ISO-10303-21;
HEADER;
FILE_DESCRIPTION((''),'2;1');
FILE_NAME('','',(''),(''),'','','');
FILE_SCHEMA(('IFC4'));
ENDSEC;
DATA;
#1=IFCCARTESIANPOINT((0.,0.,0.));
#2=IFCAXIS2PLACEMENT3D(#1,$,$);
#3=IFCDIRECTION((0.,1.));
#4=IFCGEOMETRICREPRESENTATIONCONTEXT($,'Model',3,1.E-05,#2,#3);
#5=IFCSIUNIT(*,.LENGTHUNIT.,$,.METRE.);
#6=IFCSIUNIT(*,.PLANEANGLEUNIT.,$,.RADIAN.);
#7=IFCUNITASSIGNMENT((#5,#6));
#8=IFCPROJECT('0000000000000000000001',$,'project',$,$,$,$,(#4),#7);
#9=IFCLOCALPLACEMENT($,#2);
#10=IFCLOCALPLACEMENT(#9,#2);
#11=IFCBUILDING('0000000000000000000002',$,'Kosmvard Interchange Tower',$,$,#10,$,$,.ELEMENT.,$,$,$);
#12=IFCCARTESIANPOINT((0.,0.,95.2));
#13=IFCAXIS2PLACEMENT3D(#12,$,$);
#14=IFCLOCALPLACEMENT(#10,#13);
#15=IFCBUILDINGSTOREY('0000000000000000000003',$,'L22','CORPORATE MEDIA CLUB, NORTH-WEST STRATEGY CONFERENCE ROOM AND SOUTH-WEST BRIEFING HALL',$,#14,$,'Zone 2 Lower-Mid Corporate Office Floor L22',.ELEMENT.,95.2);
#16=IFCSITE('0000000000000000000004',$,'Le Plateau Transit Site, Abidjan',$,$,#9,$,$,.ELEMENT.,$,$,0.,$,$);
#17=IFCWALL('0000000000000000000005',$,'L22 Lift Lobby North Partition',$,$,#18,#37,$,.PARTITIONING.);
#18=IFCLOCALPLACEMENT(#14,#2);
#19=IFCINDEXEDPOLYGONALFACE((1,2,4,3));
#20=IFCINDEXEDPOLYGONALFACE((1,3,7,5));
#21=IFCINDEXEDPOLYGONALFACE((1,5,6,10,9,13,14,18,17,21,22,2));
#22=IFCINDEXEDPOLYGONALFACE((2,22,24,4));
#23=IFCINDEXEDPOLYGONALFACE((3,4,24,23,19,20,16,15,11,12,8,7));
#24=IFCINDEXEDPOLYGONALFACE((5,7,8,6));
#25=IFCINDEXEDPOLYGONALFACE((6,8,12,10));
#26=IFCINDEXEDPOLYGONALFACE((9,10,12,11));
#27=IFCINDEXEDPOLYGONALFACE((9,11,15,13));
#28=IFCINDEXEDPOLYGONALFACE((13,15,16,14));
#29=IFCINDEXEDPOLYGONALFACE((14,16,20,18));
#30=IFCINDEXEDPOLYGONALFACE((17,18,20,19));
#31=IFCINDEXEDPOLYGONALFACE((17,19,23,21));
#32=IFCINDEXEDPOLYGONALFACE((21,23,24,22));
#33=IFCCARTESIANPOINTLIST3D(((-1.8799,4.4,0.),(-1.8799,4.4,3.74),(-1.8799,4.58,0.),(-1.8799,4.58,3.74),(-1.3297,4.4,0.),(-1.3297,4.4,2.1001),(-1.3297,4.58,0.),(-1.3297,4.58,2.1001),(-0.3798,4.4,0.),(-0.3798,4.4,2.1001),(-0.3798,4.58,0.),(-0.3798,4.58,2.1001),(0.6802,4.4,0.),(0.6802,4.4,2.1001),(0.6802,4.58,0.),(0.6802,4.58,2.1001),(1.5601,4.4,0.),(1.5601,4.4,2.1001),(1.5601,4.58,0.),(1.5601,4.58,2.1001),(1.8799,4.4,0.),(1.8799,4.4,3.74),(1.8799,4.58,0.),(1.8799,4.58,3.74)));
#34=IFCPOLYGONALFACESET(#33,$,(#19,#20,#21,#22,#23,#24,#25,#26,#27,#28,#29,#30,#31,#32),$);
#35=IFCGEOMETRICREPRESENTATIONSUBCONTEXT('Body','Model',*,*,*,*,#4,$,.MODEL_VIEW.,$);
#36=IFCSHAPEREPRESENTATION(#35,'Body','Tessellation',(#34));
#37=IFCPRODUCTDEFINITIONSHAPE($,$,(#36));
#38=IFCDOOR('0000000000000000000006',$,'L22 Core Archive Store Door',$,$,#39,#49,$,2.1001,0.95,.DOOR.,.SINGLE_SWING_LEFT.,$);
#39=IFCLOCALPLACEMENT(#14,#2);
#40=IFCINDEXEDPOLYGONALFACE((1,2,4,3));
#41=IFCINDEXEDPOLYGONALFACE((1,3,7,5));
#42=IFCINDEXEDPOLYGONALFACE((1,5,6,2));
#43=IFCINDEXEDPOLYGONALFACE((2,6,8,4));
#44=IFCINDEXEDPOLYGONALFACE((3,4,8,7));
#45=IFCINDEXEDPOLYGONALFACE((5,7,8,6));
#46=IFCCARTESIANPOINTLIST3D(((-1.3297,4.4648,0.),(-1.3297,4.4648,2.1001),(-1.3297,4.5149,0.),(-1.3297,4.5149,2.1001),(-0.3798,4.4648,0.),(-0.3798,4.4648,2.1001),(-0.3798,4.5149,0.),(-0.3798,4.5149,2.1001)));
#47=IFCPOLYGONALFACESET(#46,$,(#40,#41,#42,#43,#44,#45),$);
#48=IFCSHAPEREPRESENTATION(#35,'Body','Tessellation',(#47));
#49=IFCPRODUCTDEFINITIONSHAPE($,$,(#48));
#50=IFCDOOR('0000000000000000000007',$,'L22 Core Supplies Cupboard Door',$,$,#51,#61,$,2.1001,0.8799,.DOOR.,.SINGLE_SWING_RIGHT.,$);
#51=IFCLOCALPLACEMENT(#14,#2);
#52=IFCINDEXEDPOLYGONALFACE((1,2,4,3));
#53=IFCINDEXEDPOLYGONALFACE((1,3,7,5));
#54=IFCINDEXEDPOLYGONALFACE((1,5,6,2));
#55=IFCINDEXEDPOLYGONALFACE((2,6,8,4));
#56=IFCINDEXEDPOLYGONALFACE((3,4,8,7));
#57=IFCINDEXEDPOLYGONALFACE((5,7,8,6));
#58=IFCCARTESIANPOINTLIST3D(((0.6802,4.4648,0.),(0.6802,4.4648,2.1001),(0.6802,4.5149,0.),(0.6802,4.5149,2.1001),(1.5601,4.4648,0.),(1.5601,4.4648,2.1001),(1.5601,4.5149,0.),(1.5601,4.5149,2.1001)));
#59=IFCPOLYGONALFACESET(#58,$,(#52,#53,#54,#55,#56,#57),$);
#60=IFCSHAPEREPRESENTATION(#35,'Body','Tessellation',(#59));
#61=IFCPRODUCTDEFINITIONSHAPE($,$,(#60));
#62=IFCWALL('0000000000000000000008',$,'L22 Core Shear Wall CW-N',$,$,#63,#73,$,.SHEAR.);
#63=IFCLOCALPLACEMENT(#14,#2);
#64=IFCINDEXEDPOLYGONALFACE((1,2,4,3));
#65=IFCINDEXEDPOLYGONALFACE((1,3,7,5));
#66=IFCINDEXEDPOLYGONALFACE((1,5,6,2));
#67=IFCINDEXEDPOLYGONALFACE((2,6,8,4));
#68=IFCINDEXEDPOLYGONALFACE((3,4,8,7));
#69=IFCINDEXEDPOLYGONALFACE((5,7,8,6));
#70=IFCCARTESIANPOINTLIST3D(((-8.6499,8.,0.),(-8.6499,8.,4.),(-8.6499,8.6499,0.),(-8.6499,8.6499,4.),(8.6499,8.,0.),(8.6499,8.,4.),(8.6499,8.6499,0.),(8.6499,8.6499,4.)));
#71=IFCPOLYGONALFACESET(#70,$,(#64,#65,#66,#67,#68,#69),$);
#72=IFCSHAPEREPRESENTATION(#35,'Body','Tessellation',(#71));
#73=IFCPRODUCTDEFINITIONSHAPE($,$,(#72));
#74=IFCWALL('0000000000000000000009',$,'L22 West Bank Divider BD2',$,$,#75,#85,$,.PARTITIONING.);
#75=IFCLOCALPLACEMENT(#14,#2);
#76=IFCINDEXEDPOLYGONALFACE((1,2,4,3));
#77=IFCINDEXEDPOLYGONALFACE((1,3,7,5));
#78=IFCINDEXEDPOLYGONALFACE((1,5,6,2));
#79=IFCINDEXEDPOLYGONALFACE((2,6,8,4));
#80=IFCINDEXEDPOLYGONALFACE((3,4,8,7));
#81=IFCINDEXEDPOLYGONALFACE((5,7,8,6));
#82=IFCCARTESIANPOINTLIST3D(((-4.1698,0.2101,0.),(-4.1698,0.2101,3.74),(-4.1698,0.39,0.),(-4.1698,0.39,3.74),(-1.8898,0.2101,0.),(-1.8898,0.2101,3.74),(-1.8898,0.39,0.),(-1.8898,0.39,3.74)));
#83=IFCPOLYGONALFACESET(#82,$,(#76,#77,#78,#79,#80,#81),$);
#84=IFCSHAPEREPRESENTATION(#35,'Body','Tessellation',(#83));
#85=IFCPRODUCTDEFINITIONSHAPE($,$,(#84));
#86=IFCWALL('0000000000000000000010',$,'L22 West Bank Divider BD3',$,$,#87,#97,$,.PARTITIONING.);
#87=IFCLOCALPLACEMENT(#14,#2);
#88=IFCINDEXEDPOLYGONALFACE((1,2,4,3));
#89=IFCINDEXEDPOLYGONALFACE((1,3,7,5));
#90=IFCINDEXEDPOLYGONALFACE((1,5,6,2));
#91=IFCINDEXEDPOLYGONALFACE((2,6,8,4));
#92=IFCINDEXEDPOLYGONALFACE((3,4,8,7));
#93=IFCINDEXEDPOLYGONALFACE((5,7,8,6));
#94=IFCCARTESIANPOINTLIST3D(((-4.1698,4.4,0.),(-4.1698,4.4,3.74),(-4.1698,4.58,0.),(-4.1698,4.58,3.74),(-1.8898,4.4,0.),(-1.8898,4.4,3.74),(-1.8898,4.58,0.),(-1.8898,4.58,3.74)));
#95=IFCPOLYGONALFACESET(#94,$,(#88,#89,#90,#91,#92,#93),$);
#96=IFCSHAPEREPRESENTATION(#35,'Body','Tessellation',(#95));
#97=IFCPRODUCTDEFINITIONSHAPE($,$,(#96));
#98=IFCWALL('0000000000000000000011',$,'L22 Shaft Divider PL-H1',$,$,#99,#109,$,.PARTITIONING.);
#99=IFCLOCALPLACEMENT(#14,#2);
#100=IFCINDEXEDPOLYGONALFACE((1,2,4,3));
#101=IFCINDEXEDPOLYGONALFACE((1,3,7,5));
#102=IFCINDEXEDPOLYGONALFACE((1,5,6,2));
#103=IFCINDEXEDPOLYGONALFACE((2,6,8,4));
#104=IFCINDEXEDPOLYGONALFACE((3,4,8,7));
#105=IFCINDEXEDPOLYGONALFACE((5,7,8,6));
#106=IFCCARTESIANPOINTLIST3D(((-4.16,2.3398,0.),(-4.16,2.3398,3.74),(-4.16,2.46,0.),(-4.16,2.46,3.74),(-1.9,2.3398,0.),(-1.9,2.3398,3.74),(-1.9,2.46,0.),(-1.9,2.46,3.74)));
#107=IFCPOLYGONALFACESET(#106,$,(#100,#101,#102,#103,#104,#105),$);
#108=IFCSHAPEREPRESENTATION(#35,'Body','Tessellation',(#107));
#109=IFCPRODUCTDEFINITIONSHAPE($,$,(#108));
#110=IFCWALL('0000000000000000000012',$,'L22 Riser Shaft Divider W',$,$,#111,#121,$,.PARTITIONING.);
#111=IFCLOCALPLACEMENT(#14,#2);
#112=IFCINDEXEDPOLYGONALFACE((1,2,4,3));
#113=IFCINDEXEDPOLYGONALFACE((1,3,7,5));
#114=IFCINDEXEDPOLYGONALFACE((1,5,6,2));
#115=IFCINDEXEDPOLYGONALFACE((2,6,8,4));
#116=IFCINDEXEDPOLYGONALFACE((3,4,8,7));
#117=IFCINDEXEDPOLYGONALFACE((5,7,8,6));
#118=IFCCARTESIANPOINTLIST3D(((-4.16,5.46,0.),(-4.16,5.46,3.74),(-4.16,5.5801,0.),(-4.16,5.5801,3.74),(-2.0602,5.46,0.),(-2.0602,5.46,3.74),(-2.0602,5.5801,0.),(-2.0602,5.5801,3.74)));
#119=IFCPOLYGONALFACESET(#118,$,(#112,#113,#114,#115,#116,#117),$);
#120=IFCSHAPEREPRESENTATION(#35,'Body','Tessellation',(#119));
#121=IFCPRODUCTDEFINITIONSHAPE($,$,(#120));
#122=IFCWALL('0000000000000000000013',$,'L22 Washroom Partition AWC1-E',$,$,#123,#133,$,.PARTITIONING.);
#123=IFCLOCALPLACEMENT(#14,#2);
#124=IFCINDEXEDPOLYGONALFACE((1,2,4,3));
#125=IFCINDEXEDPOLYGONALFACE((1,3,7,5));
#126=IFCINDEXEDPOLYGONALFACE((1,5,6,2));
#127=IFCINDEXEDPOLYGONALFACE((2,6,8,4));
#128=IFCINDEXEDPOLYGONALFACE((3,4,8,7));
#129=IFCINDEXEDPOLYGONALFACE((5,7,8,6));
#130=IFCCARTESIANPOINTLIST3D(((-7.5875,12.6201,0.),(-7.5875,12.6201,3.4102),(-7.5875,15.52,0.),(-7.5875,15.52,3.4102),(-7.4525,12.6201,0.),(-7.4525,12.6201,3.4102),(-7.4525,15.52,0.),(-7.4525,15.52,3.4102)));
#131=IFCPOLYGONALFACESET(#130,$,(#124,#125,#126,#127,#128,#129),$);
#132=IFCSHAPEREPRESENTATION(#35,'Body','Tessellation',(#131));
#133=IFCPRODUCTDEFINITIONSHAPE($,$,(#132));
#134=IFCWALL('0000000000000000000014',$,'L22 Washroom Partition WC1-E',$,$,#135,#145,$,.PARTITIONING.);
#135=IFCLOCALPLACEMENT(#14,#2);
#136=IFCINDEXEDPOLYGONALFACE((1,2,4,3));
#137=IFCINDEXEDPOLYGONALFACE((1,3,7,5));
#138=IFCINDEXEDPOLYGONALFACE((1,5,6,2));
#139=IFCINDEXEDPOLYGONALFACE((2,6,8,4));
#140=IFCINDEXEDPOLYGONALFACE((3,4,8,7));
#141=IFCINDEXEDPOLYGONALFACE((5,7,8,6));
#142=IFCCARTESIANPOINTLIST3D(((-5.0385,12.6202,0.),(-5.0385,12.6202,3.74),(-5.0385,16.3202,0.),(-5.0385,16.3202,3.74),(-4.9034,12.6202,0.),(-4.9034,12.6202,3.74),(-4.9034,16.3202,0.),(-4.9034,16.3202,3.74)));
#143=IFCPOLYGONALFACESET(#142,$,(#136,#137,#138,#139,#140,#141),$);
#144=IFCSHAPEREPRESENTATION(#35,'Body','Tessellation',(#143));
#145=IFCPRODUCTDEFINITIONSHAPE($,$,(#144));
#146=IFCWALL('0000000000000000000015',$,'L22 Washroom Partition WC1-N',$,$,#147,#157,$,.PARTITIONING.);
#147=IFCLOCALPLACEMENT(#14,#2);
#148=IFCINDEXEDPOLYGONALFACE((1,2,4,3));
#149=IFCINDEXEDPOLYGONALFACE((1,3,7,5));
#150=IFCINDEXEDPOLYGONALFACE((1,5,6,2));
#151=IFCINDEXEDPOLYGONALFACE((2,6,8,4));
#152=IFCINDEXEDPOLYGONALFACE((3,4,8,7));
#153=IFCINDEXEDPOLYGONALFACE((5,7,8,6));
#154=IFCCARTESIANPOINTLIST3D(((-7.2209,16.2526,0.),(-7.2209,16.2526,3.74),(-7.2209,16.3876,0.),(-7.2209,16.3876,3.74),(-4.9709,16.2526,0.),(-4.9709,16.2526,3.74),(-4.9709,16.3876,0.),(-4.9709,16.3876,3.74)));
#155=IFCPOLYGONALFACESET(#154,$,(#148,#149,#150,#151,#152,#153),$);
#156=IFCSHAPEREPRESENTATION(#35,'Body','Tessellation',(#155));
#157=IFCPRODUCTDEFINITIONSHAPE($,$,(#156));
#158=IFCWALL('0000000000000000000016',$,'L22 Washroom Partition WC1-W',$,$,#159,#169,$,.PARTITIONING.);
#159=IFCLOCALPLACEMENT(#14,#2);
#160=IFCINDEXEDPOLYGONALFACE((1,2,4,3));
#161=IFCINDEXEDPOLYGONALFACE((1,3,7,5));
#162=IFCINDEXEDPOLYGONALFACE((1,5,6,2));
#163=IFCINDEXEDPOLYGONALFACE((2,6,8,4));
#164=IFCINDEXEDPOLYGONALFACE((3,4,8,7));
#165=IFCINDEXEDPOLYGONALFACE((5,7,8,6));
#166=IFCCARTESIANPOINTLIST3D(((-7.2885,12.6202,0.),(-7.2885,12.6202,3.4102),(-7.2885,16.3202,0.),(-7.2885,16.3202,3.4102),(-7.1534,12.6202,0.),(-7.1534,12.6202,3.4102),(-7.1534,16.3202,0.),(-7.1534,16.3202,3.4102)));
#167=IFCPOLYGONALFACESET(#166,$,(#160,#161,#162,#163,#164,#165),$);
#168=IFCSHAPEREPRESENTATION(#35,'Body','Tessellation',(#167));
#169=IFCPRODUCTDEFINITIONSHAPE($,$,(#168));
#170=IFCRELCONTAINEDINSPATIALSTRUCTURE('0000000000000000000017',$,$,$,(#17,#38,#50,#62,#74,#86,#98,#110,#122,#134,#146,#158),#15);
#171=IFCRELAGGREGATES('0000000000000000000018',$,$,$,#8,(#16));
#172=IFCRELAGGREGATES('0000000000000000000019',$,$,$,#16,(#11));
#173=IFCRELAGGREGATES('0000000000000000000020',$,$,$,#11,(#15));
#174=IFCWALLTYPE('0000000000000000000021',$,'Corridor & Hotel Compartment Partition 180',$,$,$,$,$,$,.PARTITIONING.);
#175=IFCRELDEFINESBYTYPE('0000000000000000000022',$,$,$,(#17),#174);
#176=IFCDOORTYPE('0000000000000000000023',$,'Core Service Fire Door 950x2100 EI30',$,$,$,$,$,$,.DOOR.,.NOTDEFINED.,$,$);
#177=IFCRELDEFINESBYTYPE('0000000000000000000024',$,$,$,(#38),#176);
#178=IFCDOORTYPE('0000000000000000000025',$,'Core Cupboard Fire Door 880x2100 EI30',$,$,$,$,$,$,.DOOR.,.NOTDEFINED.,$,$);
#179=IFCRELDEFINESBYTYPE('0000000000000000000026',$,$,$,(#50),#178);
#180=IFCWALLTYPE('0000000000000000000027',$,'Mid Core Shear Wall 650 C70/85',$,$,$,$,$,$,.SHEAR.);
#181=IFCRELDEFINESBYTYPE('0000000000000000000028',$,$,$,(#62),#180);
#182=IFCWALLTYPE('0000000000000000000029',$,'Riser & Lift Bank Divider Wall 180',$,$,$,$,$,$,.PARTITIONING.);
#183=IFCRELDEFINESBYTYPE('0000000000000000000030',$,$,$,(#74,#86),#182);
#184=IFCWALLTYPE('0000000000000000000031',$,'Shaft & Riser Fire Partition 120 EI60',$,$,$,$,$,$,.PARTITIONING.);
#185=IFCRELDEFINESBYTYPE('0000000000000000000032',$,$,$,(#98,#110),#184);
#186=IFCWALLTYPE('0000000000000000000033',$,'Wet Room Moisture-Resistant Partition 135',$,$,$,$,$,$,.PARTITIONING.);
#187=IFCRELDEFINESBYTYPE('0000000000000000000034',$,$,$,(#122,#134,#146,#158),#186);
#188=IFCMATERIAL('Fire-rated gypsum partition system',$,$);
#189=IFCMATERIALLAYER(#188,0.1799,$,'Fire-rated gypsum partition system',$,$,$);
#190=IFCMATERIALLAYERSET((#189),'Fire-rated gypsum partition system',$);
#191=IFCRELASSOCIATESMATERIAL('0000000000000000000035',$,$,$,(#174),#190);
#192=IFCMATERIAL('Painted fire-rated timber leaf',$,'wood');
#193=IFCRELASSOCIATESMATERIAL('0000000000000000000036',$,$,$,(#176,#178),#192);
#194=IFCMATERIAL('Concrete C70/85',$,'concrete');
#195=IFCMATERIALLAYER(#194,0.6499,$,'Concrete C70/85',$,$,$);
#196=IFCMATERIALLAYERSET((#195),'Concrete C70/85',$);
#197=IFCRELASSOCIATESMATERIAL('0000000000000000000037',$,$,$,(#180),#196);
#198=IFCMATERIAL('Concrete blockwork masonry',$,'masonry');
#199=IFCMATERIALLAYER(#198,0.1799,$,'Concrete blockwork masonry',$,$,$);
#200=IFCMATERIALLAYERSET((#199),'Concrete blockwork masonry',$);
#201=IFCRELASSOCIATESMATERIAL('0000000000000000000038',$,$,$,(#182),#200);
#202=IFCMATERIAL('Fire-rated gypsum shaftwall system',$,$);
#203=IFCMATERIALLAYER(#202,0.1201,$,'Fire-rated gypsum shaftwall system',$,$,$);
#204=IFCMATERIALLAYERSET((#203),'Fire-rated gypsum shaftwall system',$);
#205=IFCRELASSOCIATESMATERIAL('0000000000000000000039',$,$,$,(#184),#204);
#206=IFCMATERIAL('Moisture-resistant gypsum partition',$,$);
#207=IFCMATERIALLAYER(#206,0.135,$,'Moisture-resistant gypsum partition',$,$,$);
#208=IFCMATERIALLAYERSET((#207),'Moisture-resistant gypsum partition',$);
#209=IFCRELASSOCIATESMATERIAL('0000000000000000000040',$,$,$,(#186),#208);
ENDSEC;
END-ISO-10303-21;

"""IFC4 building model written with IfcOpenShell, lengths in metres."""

from ifc_helpers import new_model, si_unit, direction, frame, frame_2d, origin, place, context, subcontext, project, spatial, rectangle, extrude, source, transform, mapped, material, layer, layer_set, type_object, element, fill, save


model = new_model("IFC4")

# Units and contexts
model_context = context("Model", 3, precision=1e-05, world=origin(), true_north=direction((0.0, 1.0)))
body_context = subcontext(model_context, "Body", "Model", "MODEL_VIEW")
ifc_project = project(units=[si_unit("LENGTHUNIT", "METRE"), si_unit("PLANEANGLEUNIT", "RADIAN")], contexts=[model_context])

# Site, building, storey
site_placement = place(None, origin())
site = spatial("IfcSite", under=ifc_project, at=site_placement, Name="Le Plateau Transit Site, Abidjan", CompositionType="ELEMENT", RefElevation=0.0)
building_placement = place(site_placement, origin())
building = spatial("IfcBuilding", under=site, at=building_placement, Name="Kosmvard Interchange Tower", CompositionType="ELEMENT")
storey_placement = place(building_placement, frame((0.0, 0.0, 95.2)))
storey = spatial("IfcBuildingStorey", under=building, at=storey_placement, Name="L22", Description="CORPORATE MEDIA CLUB, NORTH-WEST STRATEGY CONFERENCE ROOM AND SOUTH-WEST BRIEFING HALL", LongName="Zone 2 Lower-Mid Corporate Office Floor L22", CompositionType="ELEMENT", Elevation=95.2)

# Shared definitions
ifc_material_1 = material(Name="Fire-rated gypsum partition system")

# Wall, openings, doors
ifc_layer_1 = layer(ifc_material_1, 0.1799, Name="Fire-rated gypsum partition system")
ifc_layer_set_1 = layer_set([ifc_layer_1], Name="Fire-rated gypsum partition system")
wall_type_1 = type_object("IfcWallType", Name="Corridor & Hotel Compartment Partition 180", PredefinedType="PARTITIONING", material=ifc_layer_set_1)
wall_1_placement = place(storey_placement, frame((-1.8799, 4.49, 0.0), z_axis=(0.0, 0.0, 1.0), x_axis=(1.0, 0.0, 0.0)))
wall_1 = element("IfcWall", 1, at=wall_1_placement, inside=storey, type_object=wall_type_1, Name="L22 Lift Lobby North Partition", PredefinedType="PARTITIONING", context=body_context, shape_type="SweptSolid", body=[
    extrude(rectangle(XDim=3.7598, YDim=0.1799, at=frame_2d((1.8799, 0.0))), origin(), (0.0, 0.0, 1.0), 3.74),
])
opening_1_placement = place(wall_1_placement, frame((0.55, 0.0, 0.0)))
opening_1 = element("IfcOpeningElement", 2, at=opening_1_placement, cuts=wall_1, PredefinedType="OPENING", context=body_context, shape_type="SweptSolid", body=[
    extrude(rectangle(XDim=0.95, YDim=2.1001, at=frame_2d((0.4751, 1.05))), frame((0.0, 0.1001, 0.0), z_axis=(0.0, -1.0, 0.0), x_axis=(1.0, 0.0, 0.0)), (0.0, 0.0, 1.0), 0.2),
])
opening_2_placement = place(wall_1_placement, frame((2.5601, 0.0, 0.0)))
opening_2 = element("IfcOpeningElement", 3, at=opening_2_placement, cuts=wall_1, PredefinedType="OPENING", context=body_context, shape_type="SweptSolid", body=[
    extrude(rectangle(XDim=0.8799, YDim=2.1001, at=frame_2d((0.4399, 1.05))), frame((0.0, 0.1001, 0.0), z_axis=(0.0, -1.0, 0.0), x_axis=(1.0, 0.0, 0.0)), (0.0, 0.0, 1.0), 0.2),
])
ifc_material_2 = material(Name="Painted fire-rated timber leaf", Category="wood")
door_type_1 = type_object("IfcDoorType", Name="Core Service Fire Door 950x2100 EI30", OperationType="NOTDEFINED", PredefinedType="DOOR", material=ifc_material_2)
shared_shape_1 = source(origin(), body_context, "Body", "SweptSolid", [
    extrude(rectangle(XDim=0.95, YDim=2.1001, at=frame_2d((0.4751, 1.05))), frame((0.0, 0.0249, 0.0), z_axis=(0.0, -1.0, 0.0), x_axis=(1.0, 0.0, 0.0)), (0.0, 0.0, 1.0), 0.05),
])
door_1_placement = place(opening_1_placement, origin())
door_1 = element("IfcDoor", 4, at=door_1_placement, inside=storey, type_object=door_type_1, Name="L22 Core Archive Store Door", OperationType="SINGLE_SWING_LEFT", OverallHeight=2.1001, OverallWidth=0.95, PredefinedType="DOOR", context=body_context, shape_type="MappedRepresentation", body=[
    mapped(shared_shape_1, transform((0.0, 0.0, 0.0), scale=1.0)),
])
fill(opening_1, door_1)
door_type_2 = type_object("IfcDoorType", Name="Core Cupboard Fire Door 880x2100 EI30", OperationType="NOTDEFINED", PredefinedType="DOOR", material=ifc_material_2)
shared_shape_2 = source(origin(), body_context, "Body", "SweptSolid", [
    extrude(rectangle(XDim=0.8799, YDim=2.1001, at=frame_2d((0.4399, 1.05))), frame((0.0, 0.0249, 0.0), z_axis=(0.0, -1.0, 0.0), x_axis=(1.0, 0.0, 0.0)), (0.0, 0.0, 1.0), 0.05),
])
door_2_placement = place(opening_2_placement, origin())
door_2 = element("IfcDoor", 5, at=door_2_placement, inside=storey, type_object=door_type_2, Name="L22 Core Supplies Cupboard Door", OperationType="SINGLE_SWING_RIGHT", OverallHeight=2.1001, OverallWidth=0.8799, PredefinedType="DOOR", context=body_context, shape_type="MappedRepresentation", body=[
    mapped(shared_shape_2, transform((0.0, 0.0, 0.0), scale=1.0)),
])
fill(opening_2, door_2)

# Walls
ifc_material_3 = material(Name="Concrete C70/85", Category="concrete")
ifc_layer_2 = layer(ifc_material_3, 0.6499, Name="Concrete C70/85")
ifc_layer_set_2 = layer_set([ifc_layer_2], Name="Concrete C70/85")
wall_type_2 = type_object("IfcWallType", Name="Mid Core Shear Wall 650 C70/85", PredefinedType="SHEAR", material=ifc_layer_set_2)
wall_2_placement = place(storey_placement, frame((-8.6499, 8.325, 0.0), z_axis=(0.0, 0.0, 1.0), x_axis=(1.0, 0.0, 0.0)))
element("IfcWall", 6, at=wall_2_placement, inside=storey, type_object=wall_type_2, Name="L22 Core Shear Wall CW-N", PredefinedType="SHEAR", context=body_context, shape_type="SweptSolid", body=[
    extrude(rectangle(XDim=17.2998, YDim=0.6499, at=frame_2d((8.6499, 0.0))), origin(), (0.0, 0.0, 1.0), 4.0),
])
ifc_material_4 = material(Name="Concrete blockwork masonry", Category="masonry")
ifc_layer_3 = layer(ifc_material_4, 0.1799, Name="Concrete blockwork masonry")
ifc_layer_set_3 = layer_set([ifc_layer_3], Name="Concrete blockwork masonry")
wall_type_3 = type_object("IfcWallType", Name="Riser & Lift Bank Divider Wall 180", PredefinedType="PARTITIONING", material=ifc_layer_set_3)
for number, where, z_axis, x_axis, name in (
    (7, (-4.1699, 0.3, 0.0), (0.0, 0.0, 1.0), (1.0, 0.0, 0.0), "L22 West Bank Divider BD2"),
    (8, (-4.1699, 4.49, 0.0), (0.0, 0.0, 1.0), (1.0, 0.0, 0.0), "L22 West Bank Divider BD3"),
):
    element("IfcWall", number, at=place(storey_placement, frame(where, z_axis=z_axis, x_axis=x_axis)), inside=storey, type_object=wall_type_3, Name=name, PredefinedType="PARTITIONING", context=body_context, shape_type="SweptSolid", body=[
        extrude(rectangle(XDim=2.28, YDim=0.1799, at=frame_2d((1.1401, 0.0))), origin(), (0.0, 0.0, 1.0), 3.74),
    ])
ifc_material_5 = material(Name="Fire-rated gypsum shaftwall system")
ifc_layer_4 = layer(ifc_material_5, 0.1201, Name="Fire-rated gypsum shaftwall system")
ifc_layer_set_4 = layer_set([ifc_layer_4], Name="Fire-rated gypsum shaftwall system")
wall_type_4 = type_object("IfcWallType", Name="Shaft & Riser Fire Partition 120 EI60", PredefinedType="PARTITIONING", material=ifc_layer_set_4)
wall_3_placement = place(storey_placement, frame((-4.1599, 2.3999, 0.0), z_axis=(0.0, 0.0, 1.0), x_axis=(1.0, 0.0, 0.0)))
element("IfcWall", 9, at=wall_3_placement, inside=storey, type_object=wall_type_4, Name="L22 Shaft Divider PL-H1", PredefinedType="PARTITIONING", context=body_context, shape_type="SweptSolid", body=[
    extrude(rectangle(XDim=2.26, YDim=0.1201, at=frame_2d((1.1299, 0.0))), origin(), (0.0, 0.0, 1.0), 3.74),
])
wall_4_placement = place(storey_placement, frame((-4.1599, 5.52, 0.0), z_axis=(0.0, 0.0, 1.0), x_axis=(1.0, 0.0, 0.0)))
element("IfcWall", 10, at=wall_4_placement, inside=storey, type_object=wall_type_4, Name="L22 Riser Shaft Divider W", PredefinedType="PARTITIONING", context=body_context, shape_type="SweptSolid", body=[
    extrude(rectangle(XDim=2.0999, YDim=0.1201, at=frame_2d((1.0498, 0.0))), origin(), (0.0, 0.0, 1.0), 3.74),
])
ifc_material_6 = material(Name="Moisture-resistant gypsum partition")
ifc_layer_5 = layer(ifc_material_6, 0.135, Name="Moisture-resistant gypsum partition")
ifc_layer_set_5 = layer_set([ifc_layer_5], Name="Moisture-resistant gypsum partition")
wall_type_5 = type_object("IfcWallType", Name="Wet Room Moisture-Resistant Partition 135", PredefinedType="PARTITIONING", material=ifc_layer_set_5)
wall_5_placement = place(storey_placement, frame((-7.52, 12.6201, 0.0), z_axis=(0.0, 0.0, 1.0), x_axis=(0.0, 1.0, 0.0)))
element("IfcWall", 11, at=wall_5_placement, inside=storey, type_object=wall_type_5, Name="L22 Washroom Partition AWC1-E", PredefinedType="PARTITIONING", context=body_context, shape_type="SweptSolid", body=[
    extrude(rectangle(XDim=2.8999, YDim=0.135, at=frame_2d((1.45, 0.0))), origin(), (0.0, 0.0, 1.0), 3.4102),
])
wall_6_placement = place(storey_placement, frame((-4.9709, 12.6201, 0.0), z_axis=(0.0, 0.0, 1.0), x_axis=(0.0, 1.0, 0.0)))
element("IfcWall", 12, at=wall_6_placement, inside=storey, type_object=wall_type_5, Name="L22 Washroom Partition WC1-E", PredefinedType="PARTITIONING", context=body_context, shape_type="SweptSolid", body=[
    extrude(rectangle(XDim=3.7, YDim=0.135, at=frame_2d((1.8501, 0.0))), origin(), (0.0, 0.0, 1.0), 3.74),
])
wall_7_placement = place(storey_placement, frame((-7.2209, 16.3201, 0.0), z_axis=(0.0, 0.0, 1.0), x_axis=(1.0, 0.0, 0.0)))
element("IfcWall", 13, at=wall_7_placement, inside=storey, type_object=wall_type_5, Name="L22 Washroom Partition WC1-N", PredefinedType="PARTITIONING", context=body_context, shape_type="SweptSolid", body=[
    extrude(rectangle(XDim=2.25, YDim=0.135, at=frame_2d((1.125, 0.0))), origin(), (0.0, 0.0, 1.0), 3.74),
])
wall_8_placement = place(storey_placement, frame((-7.2209, 12.6201, 0.0), z_axis=(0.0, 0.0, 1.0), x_axis=(0.0, 1.0, 0.0)))
element("IfcWall", 14, at=wall_8_placement, inside=storey, type_object=wall_type_5, Name="L22 Washroom Partition WC1-W", PredefinedType="PARTITIONING", context=body_context, shape_type="SweptSolid", body=[
    extrude(rectangle(XDim=3.7, YDim=0.135, at=frame_2d((1.8501, 0.0))), origin(), (0.0, 0.0, 1.0), 3.4102),
])

save(model, "model.ifc")
